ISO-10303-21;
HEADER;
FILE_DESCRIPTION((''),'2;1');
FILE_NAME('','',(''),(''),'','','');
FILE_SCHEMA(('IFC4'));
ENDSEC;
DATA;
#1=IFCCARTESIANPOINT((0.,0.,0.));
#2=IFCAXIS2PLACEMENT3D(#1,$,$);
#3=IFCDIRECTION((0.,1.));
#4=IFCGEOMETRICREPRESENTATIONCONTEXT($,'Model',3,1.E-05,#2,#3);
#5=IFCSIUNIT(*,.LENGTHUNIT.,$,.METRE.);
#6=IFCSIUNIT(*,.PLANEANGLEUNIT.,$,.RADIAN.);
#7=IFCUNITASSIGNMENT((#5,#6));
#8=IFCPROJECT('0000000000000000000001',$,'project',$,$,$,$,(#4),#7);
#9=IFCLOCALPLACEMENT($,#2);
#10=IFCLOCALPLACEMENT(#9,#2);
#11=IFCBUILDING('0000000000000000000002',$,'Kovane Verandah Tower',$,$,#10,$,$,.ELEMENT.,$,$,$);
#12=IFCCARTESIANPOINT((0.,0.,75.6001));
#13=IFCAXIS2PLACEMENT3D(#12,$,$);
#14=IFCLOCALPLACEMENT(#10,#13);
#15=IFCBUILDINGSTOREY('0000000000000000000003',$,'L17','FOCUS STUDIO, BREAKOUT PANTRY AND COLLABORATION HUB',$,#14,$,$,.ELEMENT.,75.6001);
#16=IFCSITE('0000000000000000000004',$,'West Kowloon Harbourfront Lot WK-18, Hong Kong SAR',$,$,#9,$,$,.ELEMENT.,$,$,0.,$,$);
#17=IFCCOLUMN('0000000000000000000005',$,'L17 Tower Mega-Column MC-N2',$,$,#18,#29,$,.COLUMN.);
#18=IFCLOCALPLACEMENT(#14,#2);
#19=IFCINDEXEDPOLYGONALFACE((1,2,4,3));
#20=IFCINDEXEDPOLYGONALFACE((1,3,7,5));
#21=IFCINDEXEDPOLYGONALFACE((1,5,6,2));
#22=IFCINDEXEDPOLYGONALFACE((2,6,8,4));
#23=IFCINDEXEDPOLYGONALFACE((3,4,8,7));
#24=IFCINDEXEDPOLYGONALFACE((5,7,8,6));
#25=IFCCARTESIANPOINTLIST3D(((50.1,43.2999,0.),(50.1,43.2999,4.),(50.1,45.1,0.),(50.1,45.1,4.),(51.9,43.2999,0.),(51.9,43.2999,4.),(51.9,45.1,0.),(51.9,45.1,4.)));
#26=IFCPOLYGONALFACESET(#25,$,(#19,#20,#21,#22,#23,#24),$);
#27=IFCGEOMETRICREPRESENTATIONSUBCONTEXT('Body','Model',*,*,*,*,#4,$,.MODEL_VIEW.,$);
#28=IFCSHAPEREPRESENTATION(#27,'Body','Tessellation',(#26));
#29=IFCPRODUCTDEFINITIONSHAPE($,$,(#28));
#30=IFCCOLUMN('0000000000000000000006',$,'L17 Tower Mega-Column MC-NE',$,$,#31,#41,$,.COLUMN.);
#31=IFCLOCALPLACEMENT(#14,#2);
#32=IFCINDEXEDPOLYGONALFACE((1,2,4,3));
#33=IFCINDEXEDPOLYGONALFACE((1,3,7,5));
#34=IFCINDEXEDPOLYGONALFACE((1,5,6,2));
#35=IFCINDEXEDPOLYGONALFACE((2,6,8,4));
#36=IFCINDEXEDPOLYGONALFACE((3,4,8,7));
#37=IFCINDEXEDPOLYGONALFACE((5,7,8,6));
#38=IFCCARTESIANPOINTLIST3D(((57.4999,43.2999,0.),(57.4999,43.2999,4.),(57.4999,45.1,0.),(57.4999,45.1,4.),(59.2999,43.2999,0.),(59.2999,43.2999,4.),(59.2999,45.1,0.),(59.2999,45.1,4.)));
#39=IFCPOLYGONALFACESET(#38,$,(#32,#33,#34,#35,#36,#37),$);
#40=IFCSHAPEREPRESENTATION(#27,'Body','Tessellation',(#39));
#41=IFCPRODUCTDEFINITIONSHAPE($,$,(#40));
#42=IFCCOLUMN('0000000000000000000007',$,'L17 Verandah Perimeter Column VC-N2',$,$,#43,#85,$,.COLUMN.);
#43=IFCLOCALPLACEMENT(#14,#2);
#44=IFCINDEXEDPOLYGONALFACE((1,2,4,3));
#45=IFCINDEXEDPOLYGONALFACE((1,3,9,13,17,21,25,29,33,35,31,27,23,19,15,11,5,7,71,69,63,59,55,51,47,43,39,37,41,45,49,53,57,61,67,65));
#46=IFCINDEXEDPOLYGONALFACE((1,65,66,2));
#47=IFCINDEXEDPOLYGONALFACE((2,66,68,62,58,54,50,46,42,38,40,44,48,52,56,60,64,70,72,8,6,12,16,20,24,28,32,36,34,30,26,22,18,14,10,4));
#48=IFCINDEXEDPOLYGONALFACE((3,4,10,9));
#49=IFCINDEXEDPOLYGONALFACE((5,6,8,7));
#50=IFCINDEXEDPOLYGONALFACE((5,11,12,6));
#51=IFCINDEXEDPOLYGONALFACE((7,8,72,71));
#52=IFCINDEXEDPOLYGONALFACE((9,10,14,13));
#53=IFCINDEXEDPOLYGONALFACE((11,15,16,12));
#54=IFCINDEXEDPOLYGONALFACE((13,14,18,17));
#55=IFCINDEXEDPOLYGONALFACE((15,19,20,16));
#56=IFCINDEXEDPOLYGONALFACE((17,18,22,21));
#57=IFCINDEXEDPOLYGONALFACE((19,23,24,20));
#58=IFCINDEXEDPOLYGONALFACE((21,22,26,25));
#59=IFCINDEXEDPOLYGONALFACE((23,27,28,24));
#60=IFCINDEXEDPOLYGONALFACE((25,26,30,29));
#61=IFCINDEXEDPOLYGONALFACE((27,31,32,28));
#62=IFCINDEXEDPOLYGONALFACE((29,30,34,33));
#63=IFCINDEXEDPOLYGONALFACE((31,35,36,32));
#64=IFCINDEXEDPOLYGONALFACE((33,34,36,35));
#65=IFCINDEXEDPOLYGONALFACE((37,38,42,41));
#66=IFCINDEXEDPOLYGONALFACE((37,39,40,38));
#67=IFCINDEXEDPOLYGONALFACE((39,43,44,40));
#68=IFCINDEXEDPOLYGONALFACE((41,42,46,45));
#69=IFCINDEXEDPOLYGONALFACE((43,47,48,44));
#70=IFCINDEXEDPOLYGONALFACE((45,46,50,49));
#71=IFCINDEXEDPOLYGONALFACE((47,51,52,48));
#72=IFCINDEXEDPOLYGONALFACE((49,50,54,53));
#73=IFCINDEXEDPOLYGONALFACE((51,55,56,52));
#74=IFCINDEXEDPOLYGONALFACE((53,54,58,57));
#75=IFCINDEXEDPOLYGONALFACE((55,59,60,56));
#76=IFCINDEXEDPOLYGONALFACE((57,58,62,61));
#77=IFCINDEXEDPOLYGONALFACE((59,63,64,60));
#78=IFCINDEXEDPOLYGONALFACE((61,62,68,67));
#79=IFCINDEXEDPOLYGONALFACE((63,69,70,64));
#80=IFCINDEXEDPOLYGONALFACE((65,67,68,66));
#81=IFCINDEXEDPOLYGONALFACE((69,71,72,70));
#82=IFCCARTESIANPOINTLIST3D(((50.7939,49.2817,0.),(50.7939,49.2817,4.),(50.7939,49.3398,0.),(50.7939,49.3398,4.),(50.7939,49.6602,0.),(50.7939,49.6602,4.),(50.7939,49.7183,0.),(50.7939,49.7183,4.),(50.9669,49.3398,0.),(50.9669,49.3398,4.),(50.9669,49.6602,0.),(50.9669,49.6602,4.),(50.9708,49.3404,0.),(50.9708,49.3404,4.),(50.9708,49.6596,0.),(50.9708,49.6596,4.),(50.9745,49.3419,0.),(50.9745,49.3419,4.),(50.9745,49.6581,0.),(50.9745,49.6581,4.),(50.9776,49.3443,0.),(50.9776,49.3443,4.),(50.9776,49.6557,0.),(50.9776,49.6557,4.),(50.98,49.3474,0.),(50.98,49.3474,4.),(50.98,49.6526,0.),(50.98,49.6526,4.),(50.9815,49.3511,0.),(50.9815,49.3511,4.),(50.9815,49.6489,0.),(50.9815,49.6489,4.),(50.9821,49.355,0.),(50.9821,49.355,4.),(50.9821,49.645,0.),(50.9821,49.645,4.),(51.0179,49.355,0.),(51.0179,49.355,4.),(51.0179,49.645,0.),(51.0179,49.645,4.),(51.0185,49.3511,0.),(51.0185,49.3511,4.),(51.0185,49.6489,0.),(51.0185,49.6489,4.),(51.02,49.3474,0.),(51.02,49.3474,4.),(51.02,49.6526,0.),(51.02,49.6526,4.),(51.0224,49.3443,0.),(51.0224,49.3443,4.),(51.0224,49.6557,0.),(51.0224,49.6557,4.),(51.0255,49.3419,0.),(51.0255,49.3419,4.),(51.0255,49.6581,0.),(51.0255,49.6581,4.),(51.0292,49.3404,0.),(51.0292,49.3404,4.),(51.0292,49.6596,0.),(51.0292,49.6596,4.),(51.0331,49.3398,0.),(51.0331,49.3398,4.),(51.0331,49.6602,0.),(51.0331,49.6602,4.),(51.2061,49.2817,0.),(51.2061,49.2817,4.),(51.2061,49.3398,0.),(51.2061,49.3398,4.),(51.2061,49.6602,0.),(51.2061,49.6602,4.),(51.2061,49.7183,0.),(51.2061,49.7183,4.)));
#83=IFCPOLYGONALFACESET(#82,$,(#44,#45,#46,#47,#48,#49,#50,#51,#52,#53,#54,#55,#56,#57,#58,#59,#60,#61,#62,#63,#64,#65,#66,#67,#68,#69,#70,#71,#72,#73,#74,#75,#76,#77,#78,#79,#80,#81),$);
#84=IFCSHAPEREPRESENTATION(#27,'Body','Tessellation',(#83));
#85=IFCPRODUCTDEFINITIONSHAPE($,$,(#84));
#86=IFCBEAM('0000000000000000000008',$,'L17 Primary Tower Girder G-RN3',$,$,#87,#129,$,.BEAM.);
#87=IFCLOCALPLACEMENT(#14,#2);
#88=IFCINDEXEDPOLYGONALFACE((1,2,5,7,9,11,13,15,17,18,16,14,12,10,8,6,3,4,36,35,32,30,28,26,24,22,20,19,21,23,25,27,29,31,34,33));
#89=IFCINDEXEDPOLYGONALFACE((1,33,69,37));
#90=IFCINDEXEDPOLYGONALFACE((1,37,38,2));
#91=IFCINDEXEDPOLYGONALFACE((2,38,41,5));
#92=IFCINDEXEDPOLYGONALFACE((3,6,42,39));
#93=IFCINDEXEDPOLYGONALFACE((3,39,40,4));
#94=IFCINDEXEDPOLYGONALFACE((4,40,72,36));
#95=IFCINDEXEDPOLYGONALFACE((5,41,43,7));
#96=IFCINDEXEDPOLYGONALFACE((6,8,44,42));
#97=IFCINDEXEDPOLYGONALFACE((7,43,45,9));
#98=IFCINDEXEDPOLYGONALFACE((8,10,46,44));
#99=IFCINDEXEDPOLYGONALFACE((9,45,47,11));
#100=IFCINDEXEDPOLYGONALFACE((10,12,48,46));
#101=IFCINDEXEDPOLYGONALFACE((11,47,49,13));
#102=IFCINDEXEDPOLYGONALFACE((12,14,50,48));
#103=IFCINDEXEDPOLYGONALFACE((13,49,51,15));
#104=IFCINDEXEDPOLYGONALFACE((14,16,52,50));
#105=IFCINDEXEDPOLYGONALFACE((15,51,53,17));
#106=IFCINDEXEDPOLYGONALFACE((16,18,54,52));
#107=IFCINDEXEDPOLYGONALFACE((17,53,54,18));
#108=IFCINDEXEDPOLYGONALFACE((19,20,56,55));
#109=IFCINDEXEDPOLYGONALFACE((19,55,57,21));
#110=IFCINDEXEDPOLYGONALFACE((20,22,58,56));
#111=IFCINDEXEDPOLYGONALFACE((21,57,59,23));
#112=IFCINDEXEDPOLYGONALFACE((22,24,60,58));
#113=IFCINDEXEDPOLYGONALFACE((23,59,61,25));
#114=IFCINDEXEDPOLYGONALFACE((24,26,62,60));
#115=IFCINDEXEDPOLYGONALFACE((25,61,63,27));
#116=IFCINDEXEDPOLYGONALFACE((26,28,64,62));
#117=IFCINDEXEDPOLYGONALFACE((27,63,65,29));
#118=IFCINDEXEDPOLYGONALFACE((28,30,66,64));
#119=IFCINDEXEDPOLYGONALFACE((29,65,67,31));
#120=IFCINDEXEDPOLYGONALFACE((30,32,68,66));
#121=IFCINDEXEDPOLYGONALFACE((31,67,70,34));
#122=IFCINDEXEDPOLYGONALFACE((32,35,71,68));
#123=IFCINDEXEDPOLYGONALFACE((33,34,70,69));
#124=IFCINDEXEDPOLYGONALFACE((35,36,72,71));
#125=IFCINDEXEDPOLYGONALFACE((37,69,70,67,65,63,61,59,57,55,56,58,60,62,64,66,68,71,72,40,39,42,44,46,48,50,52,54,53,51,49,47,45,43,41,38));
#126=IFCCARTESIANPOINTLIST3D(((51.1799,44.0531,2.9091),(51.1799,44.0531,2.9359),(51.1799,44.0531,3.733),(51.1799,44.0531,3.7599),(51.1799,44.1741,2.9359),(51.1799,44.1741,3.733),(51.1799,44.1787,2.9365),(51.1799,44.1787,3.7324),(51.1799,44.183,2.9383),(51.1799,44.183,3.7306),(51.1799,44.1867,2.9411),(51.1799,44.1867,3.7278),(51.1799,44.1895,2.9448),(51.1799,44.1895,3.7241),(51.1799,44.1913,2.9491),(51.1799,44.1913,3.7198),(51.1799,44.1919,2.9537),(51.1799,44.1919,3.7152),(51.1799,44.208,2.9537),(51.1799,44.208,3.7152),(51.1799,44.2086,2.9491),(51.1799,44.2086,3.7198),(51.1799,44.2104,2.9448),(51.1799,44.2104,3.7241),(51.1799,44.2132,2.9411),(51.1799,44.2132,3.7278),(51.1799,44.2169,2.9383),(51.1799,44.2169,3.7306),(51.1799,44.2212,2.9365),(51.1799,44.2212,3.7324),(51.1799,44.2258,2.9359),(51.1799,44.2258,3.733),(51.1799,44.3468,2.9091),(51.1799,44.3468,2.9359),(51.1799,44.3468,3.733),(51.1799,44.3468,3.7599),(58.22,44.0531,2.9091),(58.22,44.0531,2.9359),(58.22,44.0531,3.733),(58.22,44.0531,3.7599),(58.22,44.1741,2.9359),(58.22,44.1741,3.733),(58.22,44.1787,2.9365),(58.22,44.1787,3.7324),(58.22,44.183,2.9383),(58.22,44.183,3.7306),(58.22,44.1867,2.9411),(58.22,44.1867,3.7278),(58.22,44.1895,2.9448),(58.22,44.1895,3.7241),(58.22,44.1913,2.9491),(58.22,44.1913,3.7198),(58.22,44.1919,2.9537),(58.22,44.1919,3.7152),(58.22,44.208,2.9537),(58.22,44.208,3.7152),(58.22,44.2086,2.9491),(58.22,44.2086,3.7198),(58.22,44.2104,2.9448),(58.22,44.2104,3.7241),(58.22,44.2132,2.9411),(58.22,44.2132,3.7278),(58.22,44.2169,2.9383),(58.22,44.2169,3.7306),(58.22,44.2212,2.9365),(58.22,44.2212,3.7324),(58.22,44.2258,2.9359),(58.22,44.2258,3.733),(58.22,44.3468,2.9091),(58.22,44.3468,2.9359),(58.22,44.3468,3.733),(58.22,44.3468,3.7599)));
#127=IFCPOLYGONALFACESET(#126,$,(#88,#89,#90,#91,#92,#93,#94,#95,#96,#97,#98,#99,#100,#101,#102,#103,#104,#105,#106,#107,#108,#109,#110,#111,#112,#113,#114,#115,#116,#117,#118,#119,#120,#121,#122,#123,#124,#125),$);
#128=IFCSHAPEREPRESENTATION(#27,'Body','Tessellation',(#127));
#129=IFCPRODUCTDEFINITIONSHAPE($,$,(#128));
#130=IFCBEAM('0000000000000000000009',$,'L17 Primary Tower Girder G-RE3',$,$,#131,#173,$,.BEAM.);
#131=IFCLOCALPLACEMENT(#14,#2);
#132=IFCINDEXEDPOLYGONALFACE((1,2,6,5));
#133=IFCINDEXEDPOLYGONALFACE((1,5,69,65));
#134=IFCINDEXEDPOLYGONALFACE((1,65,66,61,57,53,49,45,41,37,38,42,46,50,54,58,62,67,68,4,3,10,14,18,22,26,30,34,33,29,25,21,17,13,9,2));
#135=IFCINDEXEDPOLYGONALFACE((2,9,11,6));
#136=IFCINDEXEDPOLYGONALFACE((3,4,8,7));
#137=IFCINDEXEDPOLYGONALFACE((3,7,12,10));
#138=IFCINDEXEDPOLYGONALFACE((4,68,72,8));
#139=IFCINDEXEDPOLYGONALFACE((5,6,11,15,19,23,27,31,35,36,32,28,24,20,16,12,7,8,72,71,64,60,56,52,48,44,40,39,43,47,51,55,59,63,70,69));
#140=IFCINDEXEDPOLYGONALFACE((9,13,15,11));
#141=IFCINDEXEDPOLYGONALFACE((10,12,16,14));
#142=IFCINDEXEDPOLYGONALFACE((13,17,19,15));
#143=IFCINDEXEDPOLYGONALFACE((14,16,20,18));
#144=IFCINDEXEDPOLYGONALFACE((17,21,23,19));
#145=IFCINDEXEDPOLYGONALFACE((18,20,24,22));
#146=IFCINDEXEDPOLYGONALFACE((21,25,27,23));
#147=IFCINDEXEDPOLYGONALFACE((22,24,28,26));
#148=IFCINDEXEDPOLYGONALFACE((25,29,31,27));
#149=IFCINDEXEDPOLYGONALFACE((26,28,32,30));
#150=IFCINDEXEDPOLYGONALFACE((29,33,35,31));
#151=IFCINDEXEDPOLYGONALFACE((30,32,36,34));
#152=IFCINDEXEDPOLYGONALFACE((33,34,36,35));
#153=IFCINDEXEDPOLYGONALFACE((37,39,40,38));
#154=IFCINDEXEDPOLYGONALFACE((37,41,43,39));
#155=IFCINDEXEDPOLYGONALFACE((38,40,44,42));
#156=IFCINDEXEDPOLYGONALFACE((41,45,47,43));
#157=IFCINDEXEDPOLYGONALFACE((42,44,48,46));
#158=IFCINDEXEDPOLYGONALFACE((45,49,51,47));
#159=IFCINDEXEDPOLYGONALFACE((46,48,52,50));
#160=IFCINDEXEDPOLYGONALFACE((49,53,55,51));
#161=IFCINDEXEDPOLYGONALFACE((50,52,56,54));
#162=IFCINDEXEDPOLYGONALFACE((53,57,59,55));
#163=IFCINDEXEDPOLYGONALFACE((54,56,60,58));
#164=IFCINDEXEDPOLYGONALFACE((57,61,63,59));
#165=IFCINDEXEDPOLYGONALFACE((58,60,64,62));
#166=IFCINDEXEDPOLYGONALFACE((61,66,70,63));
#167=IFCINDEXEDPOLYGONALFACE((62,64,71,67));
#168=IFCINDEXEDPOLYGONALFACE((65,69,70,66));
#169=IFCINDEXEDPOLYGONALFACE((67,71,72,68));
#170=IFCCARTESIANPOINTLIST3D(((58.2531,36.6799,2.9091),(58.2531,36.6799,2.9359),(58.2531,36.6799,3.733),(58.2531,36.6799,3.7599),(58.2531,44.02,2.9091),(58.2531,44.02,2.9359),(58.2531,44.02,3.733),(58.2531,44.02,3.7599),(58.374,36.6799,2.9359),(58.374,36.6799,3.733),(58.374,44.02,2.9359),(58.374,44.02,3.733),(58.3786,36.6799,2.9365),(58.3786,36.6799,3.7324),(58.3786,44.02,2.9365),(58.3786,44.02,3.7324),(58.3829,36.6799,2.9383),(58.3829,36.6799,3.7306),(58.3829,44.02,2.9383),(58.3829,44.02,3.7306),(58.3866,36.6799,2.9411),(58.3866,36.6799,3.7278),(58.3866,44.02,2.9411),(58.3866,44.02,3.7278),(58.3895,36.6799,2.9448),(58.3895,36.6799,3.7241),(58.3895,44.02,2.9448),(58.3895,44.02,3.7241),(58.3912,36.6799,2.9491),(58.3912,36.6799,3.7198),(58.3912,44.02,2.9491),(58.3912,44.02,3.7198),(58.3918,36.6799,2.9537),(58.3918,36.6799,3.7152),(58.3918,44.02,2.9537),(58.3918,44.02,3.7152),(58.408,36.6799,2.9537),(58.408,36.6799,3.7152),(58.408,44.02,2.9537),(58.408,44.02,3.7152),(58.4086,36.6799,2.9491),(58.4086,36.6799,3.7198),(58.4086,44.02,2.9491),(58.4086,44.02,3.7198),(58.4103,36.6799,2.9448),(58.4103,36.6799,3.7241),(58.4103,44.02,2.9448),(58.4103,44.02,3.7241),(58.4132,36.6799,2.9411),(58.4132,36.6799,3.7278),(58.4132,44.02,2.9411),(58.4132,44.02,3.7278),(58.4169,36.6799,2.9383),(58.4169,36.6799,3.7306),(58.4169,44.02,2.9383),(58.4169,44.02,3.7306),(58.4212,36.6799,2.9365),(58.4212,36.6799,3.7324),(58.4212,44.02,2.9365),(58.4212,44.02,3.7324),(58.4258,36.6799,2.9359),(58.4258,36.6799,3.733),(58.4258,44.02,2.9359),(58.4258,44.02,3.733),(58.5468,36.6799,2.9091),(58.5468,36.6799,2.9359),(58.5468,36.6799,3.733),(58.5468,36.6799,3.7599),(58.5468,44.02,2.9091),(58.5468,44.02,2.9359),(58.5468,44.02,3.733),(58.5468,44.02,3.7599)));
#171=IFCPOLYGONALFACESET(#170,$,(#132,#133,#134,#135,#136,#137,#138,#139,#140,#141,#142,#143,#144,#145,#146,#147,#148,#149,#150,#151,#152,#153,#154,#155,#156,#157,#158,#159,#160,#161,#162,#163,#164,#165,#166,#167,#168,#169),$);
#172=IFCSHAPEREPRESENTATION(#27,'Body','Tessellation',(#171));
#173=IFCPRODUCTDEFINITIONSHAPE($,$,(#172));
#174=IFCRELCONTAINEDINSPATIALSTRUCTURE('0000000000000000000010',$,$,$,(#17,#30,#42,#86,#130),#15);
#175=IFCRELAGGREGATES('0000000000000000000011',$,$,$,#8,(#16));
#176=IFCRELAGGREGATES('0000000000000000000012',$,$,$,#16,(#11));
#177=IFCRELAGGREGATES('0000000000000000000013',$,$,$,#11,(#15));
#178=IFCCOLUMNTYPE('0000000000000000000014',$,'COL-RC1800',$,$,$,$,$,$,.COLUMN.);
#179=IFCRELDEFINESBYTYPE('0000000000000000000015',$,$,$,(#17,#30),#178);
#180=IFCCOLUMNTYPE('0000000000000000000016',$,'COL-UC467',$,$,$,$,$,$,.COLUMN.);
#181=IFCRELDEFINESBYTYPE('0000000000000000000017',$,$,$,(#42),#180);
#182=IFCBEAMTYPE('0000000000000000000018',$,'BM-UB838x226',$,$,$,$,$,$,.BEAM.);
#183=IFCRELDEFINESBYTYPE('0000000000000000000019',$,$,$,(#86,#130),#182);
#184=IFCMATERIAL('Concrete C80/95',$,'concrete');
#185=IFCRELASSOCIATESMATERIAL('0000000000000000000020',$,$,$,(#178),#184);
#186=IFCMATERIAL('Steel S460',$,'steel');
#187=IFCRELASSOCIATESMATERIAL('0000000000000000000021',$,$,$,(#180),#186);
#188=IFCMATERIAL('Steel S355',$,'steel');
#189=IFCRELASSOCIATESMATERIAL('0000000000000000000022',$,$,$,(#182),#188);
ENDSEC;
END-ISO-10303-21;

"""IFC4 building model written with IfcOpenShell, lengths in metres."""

from ifc_helpers import new_model, si_unit, direction, frame, origin, origin_2d, place, context, subcontext, project, spatial, rectangle, i_section, extrude, material, material_profile, profile_set, type_object, element, save


model = new_model("IFC4")

# Units and contexts
model_context = context("Model", 3, precision=1e-05, world=origin(), true_north=direction((0.0, 1.0)))
body_context = subcontext(model_context, "Body", "Model", "MODEL_VIEW")
ifc_project = project(units=[si_unit("LENGTHUNIT", "METRE"), si_unit("PLANEANGLEUNIT", "RADIAN")], contexts=[model_context])

# Site, building, storey
site_placement = place(None, origin())
site = spatial("IfcSite", under=ifc_project, at=site_placement, Name="West Kowloon Harbourfront Lot WK-18, Hong Kong SAR", CompositionType="ELEMENT", RefElevation=0.0)
building_placement = place(site_placement, origin())
building = spatial("IfcBuilding", under=site, at=building_placement, Name="Kovane Verandah Tower", CompositionType="ELEMENT")
storey_placement = place(building_placement, frame((0.0, 0.0, 75.6001)))
storey = spatial("IfcBuildingStorey", under=building, at=storey_placement, Name="L17", Description="FOCUS STUDIO, BREAKOUT PANTRY AND COLLABORATION HUB", CompositionType="ELEMENT", Elevation=75.6001)

# Columns
ifc_material_1 = material(Name="Concrete C80/95", Category="concrete")
ifc_material_profile_1 = material_profile(ifc_material_1, rectangle(XDim=1.8, YDim=1.8, at=origin_2d()), Name="RC1800x1800")
ifc_profile_set_1 = profile_set([ifc_material_profile_1], Name="Concrete C80/95")
column_type_1 = type_object("IfcColumnType", Name="COL-RC1800", PredefinedType="COLUMN", material=ifc_profile_set_1)
for number, where, z_axis, x_axis, name in (
    (1, (51.0, 44.2, 0.0), (0.0, 0.0, 1.0), (1.0, 0.0, 0.0), "L17 Tower Mega-Column MC-N2"),
    (2, (58.3999, 44.2, 0.0), (0.0, 0.0, 1.0), (1.0, 0.0, 0.0), "L17 Tower Mega-Column MC-NE"),
):
    element("IfcColumn", number, at=place(storey_placement, frame(where, z_axis=z_axis, x_axis=x_axis)), inside=storey, type_object=column_type_1, Name=name, PredefinedType="COLUMN", context=body_context, shape_type="SweptSolid", body=[
        extrude(rectangle(XDim=1.8, YDim=1.8, at=origin_2d()), origin(), (0.0, 0.0, 1.0), 4.0),
    ])
ifc_material_2 = material(Name="Steel S460", Category="steel")
ifc_material_profile_2 = material_profile(ifc_material_2, i_section(OverallWidth=0.4121, OverallDepth=0.4365, WebThickness=0.0359, FlangeThickness=0.0581, FilletRadius=0.0151, at=origin_2d()), Name="UC356x406x467")
ifc_profile_set_2 = profile_set([ifc_material_profile_2], Name="Steel S460")
column_type_2 = type_object("IfcColumnType", Name="COL-UC467", PredefinedType="COLUMN", material=ifc_profile_set_2)
column_placement = place(storey_placement, frame((51.0, 49.5, 0.0), z_axis=(0.0, 0.0, 1.0), x_axis=(1.0, 0.0, 0.0)))
element("IfcColumn", 3, at=column_placement, inside=storey, type_object=column_type_2, Name="L17 Verandah Perimeter Column VC-N2", PredefinedType="COLUMN", context=body_context, shape_type="SweptSolid", body=[
    extrude(i_section(OverallWidth=0.4121, OverallDepth=0.4365, WebThickness=0.0359, FlangeThickness=0.0581, FilletRadius=0.0151, at=origin_2d()), origin(), (0.0, 0.0, 1.0), 4.0),
])

# Beams
ifc_material_3 = material(Name="Steel S355", Category="steel")
ifc_material_profile_3 = material_profile(ifc_material_3, i_section(OverallWidth=0.2937, OverallDepth=0.8508, WebThickness=0.0161, FlangeThickness=0.0269, FilletRadius=0.0178, at=origin_2d()), Name="UB838x292x226")
ifc_profile_set_3 = profile_set([ifc_material_profile_3], Name="Steel S355")
beam_type_1 = type_object("IfcBeamType", Name="BM-UB838x226", PredefinedType="BEAM", material=ifc_profile_set_3)
beam_1_placement = place(storey_placement, frame((51.1799, 44.2, 3.3345), z_axis=(1.0, 0.0, 0.0), x_axis=(0.0, 1.0, 0.0)))
element("IfcBeam", 4, at=beam_1_placement, inside=storey, type_object=beam_type_1, Name="L17 Primary Tower Girder G-RN3", PredefinedType="BEAM", context=body_context, shape_type="SweptSolid", body=[
    extrude(i_section(OverallWidth=0.2937, OverallDepth=0.8508, WebThickness=0.0161, FlangeThickness=0.0269, FilletRadius=0.0178, at=origin_2d()), origin(), (0.0, 0.0, 1.0), 7.04),
])
for number, where, z_axis, x_axis, name in (
    (5, (58.3999, 36.6799, 3.3345), (0.0, 1.0, 0.0), (-1.0, 0.0, 0.0), "L17 Primary Tower Girder G-RE3"),
):
    element("IfcBeam", number, at=place(storey_placement, frame(where, z_axis=z_axis, x_axis=x_axis)), inside=storey, type_object=beam_type_1, Name=name, PredefinedType="BEAM", context=body_context, shape_type="SweptSolid", body=[
        extrude(i_section(OverallWidth=0.2937, OverallDepth=0.8508, WebThickness=0.0161, FlangeThickness=0.0269, FilletRadius=0.0178, at=origin_2d()), origin(), (0.0, 0.0, 1.0), 7.3401),
    ])

save(model, "model.ifc")
